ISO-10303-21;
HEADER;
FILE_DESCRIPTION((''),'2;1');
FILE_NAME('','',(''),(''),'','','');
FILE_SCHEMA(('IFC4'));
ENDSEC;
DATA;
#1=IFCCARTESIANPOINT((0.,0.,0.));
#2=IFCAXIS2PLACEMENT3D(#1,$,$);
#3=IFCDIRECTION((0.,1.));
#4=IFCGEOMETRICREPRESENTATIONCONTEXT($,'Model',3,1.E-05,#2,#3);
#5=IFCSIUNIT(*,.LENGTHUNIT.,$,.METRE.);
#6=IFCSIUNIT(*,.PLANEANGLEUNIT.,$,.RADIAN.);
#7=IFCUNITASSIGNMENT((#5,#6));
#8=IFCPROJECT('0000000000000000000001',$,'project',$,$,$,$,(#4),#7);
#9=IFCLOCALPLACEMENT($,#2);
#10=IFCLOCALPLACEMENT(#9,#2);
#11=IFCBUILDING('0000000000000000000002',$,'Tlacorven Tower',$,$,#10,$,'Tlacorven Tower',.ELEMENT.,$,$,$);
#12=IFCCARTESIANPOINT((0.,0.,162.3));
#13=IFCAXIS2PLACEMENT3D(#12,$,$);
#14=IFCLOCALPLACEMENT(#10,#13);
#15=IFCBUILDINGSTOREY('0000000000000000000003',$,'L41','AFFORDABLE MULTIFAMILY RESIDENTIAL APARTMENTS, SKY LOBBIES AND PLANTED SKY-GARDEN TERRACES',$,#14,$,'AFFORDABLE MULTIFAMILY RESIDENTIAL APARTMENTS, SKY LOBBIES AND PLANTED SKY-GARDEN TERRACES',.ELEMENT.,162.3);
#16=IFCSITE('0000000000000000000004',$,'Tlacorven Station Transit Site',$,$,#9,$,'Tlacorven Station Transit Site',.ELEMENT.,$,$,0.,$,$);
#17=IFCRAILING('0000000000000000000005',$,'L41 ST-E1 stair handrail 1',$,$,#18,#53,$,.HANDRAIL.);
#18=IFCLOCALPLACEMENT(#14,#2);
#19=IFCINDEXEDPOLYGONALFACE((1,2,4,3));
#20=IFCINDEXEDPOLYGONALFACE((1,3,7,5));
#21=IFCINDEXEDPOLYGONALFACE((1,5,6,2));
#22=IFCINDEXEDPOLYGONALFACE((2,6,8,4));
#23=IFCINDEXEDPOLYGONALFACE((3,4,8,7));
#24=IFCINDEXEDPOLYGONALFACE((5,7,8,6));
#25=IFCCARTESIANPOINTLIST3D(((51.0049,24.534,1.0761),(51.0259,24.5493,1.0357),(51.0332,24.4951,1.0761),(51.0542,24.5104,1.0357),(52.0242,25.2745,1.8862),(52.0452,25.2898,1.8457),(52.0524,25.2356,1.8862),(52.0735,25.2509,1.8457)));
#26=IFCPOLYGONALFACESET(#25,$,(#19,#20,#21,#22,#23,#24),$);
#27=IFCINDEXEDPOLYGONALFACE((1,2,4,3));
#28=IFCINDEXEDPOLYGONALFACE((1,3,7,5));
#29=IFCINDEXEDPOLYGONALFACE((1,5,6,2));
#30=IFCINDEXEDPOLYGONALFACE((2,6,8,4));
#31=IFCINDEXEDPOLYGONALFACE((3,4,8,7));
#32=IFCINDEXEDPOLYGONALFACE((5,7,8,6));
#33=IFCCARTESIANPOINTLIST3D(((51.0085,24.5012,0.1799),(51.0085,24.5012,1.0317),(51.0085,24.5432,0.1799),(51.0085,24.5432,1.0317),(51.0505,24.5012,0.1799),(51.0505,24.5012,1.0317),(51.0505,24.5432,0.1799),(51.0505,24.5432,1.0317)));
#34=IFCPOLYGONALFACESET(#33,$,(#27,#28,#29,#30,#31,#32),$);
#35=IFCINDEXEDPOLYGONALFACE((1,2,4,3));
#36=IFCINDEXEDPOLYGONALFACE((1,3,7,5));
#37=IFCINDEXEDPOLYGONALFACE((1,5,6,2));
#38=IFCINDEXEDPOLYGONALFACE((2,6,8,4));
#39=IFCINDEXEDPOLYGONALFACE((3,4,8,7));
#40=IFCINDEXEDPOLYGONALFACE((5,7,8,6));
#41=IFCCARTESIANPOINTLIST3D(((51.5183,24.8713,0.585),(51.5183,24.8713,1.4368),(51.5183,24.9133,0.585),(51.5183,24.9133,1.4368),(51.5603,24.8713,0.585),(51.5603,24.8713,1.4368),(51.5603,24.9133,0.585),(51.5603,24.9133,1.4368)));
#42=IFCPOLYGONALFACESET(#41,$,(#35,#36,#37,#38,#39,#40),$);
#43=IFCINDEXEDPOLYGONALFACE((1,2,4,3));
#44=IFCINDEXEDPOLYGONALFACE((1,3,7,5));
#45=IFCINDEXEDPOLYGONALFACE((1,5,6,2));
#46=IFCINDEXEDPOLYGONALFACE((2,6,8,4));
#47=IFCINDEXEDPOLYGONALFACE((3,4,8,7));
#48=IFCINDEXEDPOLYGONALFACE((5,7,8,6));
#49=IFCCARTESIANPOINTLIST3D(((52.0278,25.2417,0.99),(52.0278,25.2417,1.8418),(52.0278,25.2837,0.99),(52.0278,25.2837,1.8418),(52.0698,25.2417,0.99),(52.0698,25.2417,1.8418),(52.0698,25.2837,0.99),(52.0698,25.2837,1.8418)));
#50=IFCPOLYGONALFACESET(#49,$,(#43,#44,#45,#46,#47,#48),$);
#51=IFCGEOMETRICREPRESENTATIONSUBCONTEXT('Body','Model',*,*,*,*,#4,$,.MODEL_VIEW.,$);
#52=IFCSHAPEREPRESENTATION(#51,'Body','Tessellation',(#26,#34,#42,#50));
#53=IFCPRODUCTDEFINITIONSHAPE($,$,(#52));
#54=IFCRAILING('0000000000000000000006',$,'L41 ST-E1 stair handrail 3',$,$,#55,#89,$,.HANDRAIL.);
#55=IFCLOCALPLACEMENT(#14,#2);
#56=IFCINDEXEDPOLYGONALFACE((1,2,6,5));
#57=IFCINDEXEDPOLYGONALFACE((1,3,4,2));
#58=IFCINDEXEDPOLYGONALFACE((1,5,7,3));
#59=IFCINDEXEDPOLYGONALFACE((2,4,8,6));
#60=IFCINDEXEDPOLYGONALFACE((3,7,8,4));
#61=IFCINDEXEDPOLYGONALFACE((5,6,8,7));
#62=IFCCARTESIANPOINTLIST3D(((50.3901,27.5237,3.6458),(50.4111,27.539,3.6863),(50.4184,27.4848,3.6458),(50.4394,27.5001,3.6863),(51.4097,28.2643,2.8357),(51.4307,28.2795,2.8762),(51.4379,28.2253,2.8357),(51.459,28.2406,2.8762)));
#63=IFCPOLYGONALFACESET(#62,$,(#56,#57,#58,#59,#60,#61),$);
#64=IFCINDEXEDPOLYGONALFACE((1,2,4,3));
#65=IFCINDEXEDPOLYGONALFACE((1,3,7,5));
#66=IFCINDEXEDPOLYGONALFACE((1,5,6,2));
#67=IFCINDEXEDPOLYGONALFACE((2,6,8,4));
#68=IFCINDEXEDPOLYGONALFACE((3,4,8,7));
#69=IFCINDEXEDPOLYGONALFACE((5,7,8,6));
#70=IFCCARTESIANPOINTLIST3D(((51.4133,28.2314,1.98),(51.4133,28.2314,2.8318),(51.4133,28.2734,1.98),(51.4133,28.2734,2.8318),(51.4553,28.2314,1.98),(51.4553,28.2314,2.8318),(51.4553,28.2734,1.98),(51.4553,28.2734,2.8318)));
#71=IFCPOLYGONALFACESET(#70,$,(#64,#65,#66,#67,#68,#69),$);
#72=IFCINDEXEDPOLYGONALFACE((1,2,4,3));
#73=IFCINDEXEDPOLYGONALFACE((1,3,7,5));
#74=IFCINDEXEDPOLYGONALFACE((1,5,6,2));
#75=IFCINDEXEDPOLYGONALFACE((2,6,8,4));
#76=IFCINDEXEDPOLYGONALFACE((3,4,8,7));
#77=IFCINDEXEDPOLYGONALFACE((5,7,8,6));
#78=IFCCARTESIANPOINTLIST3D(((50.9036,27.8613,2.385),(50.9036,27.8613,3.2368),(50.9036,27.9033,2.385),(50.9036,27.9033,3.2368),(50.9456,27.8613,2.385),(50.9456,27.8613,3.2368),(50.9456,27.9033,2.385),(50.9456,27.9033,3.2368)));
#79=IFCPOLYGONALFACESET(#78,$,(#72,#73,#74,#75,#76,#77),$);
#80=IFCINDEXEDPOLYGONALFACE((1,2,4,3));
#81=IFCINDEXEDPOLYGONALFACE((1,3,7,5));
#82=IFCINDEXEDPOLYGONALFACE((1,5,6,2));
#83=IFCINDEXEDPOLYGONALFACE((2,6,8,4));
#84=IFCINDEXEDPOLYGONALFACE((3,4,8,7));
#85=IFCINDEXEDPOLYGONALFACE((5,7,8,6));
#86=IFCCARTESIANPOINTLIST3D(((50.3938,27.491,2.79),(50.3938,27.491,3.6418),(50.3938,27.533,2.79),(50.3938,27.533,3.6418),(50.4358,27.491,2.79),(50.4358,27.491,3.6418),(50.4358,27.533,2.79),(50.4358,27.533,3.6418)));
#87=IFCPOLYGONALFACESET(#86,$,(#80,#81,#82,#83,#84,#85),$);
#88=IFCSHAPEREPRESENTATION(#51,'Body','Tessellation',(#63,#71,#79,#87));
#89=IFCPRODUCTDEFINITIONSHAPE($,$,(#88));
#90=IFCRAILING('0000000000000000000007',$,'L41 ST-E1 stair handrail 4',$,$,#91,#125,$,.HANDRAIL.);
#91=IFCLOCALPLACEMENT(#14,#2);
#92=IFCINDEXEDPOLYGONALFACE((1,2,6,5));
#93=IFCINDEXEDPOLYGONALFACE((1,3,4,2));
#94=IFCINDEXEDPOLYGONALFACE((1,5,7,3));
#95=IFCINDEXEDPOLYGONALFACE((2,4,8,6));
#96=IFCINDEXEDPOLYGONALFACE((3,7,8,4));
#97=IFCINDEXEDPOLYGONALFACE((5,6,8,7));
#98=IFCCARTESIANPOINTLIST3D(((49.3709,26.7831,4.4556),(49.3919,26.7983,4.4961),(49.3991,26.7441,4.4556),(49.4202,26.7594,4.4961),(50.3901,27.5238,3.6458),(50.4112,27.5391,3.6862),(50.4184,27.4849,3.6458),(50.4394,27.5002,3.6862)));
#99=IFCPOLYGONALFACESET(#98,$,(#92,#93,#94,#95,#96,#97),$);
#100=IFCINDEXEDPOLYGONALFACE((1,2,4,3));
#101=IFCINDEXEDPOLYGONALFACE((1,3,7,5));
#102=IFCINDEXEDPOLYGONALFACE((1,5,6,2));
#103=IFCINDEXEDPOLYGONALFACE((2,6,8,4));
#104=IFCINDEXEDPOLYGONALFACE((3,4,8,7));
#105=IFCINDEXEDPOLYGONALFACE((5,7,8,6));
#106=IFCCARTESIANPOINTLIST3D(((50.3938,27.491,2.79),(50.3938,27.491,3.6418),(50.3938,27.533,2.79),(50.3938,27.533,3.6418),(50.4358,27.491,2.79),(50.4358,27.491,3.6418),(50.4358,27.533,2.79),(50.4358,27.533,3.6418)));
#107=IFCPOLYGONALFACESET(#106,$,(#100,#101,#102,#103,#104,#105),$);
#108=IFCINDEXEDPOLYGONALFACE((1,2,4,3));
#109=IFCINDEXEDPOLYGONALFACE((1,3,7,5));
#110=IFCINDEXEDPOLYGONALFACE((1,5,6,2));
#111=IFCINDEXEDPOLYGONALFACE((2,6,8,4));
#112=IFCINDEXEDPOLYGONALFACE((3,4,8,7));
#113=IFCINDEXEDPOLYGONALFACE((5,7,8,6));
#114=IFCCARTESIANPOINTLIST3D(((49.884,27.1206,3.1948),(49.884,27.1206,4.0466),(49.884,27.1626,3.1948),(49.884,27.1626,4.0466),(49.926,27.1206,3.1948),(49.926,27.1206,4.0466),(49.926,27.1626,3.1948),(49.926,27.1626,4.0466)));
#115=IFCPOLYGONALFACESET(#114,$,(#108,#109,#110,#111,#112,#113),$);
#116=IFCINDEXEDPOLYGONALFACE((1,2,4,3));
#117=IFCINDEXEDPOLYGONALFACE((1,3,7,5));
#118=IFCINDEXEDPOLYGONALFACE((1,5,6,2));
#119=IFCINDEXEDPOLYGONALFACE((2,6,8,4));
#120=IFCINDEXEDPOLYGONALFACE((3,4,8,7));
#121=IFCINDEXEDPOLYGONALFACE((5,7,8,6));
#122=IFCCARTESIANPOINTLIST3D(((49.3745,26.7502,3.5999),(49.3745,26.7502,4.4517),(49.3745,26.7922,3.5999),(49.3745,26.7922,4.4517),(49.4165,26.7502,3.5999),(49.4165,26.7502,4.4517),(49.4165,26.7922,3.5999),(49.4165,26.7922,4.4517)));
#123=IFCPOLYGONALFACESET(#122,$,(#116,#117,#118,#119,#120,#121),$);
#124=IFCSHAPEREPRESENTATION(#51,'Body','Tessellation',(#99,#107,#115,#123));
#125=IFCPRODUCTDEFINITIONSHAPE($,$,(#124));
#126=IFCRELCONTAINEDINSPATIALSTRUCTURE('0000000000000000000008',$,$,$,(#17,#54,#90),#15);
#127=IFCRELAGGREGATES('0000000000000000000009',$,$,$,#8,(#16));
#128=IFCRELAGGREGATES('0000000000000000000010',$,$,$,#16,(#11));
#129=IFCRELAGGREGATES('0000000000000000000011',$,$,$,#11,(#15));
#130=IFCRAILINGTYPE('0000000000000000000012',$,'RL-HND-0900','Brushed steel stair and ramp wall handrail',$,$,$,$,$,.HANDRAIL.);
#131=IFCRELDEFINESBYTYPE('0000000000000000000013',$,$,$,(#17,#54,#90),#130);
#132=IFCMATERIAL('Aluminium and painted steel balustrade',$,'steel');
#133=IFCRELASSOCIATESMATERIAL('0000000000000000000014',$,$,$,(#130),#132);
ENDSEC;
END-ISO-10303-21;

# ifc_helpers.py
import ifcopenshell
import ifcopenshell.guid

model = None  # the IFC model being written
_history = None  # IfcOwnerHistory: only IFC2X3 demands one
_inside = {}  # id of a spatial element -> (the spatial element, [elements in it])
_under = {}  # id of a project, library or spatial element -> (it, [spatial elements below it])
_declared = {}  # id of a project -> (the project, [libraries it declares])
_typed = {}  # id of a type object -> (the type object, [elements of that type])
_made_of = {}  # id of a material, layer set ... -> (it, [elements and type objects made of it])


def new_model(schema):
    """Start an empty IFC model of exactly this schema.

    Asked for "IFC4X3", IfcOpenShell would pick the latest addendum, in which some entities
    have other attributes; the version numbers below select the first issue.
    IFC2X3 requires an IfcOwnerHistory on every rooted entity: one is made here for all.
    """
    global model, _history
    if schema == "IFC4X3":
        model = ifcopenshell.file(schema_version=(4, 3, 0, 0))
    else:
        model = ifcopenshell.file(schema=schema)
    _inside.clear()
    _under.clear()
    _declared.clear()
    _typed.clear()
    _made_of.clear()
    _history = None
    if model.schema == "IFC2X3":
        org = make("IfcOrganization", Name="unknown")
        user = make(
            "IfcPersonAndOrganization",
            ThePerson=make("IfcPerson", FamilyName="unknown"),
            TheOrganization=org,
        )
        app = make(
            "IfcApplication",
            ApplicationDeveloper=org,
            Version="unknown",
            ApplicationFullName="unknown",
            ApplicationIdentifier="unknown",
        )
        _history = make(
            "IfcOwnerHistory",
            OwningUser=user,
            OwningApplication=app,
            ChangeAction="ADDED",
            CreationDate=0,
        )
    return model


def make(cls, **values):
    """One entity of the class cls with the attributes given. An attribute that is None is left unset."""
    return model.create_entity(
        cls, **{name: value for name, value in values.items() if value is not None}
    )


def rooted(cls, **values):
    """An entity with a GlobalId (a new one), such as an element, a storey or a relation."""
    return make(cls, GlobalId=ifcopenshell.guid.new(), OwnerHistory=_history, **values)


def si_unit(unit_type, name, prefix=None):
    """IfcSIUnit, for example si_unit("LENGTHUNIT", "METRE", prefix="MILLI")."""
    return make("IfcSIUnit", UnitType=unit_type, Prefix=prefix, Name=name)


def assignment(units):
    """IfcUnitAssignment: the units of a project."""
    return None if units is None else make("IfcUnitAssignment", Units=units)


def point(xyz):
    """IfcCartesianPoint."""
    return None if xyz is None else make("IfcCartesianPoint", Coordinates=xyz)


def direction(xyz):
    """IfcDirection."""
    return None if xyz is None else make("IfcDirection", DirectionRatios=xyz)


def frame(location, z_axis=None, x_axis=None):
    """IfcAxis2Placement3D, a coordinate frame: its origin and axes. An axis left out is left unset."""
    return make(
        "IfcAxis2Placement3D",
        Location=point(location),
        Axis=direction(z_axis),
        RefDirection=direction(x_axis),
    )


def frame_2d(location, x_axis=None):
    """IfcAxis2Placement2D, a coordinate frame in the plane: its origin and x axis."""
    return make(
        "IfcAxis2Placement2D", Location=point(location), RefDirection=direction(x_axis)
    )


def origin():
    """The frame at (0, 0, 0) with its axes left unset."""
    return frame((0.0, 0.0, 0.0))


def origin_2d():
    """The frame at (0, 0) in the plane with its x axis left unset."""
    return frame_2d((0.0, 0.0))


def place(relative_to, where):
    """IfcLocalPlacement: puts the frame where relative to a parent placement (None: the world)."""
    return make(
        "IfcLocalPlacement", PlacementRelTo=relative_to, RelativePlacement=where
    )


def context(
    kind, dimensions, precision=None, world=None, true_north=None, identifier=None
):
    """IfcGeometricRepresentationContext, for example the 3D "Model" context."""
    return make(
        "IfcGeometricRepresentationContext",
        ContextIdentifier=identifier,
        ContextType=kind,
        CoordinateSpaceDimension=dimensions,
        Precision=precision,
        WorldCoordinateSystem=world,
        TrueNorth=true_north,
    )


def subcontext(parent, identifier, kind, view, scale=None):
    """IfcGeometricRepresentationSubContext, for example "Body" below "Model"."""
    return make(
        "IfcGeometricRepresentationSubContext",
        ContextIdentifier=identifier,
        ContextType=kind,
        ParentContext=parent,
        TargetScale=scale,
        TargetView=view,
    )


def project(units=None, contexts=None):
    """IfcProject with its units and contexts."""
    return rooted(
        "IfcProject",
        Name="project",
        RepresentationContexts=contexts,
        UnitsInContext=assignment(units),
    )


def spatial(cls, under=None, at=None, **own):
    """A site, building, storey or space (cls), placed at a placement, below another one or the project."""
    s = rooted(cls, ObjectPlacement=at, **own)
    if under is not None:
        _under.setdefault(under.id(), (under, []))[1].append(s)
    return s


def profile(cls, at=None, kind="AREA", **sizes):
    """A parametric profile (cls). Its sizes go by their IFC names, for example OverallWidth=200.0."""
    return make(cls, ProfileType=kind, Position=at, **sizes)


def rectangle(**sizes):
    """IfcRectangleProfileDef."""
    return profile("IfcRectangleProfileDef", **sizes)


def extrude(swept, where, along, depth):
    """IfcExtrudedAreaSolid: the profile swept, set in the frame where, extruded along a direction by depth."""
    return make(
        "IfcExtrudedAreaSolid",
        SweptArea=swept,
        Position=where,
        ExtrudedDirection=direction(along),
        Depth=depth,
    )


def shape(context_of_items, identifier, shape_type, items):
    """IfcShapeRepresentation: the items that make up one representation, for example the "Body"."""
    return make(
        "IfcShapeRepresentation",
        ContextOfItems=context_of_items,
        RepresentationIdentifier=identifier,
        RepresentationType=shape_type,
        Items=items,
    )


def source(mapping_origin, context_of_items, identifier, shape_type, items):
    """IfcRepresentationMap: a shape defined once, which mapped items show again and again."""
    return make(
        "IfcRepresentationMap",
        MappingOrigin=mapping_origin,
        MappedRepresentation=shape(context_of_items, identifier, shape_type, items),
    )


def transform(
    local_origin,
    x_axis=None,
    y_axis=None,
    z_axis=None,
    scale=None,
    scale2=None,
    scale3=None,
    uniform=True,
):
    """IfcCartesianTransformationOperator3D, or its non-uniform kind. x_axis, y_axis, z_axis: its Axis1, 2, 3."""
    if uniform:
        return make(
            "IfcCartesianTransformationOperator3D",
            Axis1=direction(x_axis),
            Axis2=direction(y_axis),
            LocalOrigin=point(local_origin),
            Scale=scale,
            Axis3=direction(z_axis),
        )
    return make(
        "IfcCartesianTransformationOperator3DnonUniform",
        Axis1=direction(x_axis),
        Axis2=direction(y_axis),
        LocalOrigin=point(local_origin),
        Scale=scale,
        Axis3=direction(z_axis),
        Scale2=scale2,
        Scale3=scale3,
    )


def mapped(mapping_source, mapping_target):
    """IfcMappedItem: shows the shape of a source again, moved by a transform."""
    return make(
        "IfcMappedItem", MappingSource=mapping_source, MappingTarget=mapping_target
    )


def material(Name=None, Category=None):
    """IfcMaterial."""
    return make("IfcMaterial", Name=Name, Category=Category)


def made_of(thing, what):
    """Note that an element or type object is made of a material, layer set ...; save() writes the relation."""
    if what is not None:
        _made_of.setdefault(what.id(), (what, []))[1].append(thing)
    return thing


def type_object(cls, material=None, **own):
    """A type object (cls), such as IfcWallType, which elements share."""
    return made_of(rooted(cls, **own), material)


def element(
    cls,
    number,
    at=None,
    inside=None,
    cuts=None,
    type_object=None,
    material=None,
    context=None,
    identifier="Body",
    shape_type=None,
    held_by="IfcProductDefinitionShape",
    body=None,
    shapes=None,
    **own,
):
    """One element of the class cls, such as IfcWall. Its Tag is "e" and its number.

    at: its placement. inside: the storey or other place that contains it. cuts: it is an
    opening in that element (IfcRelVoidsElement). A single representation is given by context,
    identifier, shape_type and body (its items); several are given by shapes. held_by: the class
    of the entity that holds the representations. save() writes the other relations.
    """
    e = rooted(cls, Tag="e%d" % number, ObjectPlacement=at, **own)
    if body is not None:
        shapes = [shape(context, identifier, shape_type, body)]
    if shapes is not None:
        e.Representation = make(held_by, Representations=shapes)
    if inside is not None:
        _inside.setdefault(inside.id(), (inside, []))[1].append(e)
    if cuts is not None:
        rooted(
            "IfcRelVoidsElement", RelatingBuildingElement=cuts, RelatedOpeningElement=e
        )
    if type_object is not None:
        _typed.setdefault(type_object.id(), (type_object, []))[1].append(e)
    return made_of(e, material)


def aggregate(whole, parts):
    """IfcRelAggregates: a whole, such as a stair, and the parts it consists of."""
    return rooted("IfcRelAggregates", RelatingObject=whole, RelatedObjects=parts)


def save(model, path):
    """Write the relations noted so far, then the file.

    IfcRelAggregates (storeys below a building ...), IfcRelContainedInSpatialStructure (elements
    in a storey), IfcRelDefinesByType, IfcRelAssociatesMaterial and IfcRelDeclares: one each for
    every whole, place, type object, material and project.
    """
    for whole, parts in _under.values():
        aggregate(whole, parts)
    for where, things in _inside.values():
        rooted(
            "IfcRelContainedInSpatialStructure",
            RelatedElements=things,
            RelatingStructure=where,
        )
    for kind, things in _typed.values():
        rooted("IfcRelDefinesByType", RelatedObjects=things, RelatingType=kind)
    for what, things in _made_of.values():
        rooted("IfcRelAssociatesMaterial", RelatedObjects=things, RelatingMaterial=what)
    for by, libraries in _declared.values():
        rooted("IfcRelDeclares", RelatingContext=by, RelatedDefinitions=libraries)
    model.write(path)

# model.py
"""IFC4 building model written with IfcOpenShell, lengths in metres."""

from ifc_helpers import new_model, si_unit, direction, frame, origin, origin_2d, place, context, subcontext, project, spatial, rectangle, extrude, source, transform, mapped, material, type_object, element, save


model = new_model("IFC4")

# Units and contexts
model_context = context("Model", 3, precision=1e-05, world=origin(), true_north=direction((0.0, 1.0)))
body_context = subcontext(model_context, "Body", "Model", "MODEL_VIEW")
ifc_project = project(units=[si_unit("LENGTHUNIT", "METRE"), si_unit("PLANEANGLEUNIT", "RADIAN")], contexts=[model_context])

# Site, building, storey
site_placement = place(None, origin())
site = spatial("IfcSite", under=ifc_project, at=site_placement, Name="Tlacorven Station Transit Site", LongName="Tlacorven Station Transit Site", CompositionType="ELEMENT", RefElevation=0.0)
building_placement = place(site_placement, origin())
building = spatial("IfcBuilding", under=site, at=building_placement, Name="Tlacorven Tower", LongName="Tlacorven Tower", CompositionType="ELEMENT")
storey_placement = place(building_placement, frame((0.0, 0.0, 162.3)))
storey = spatial("IfcBuildingStorey", under=building, at=storey_placement, Name="L41", Description="AFFORDABLE MULTIFAMILY RESIDENTIAL APARTMENTS, SKY LOBBIES AND PLANTED SKY-GARDEN TERRACES", LongName="AFFORDABLE MULTIFAMILY RESIDENTIAL APARTMENTS, SKY LOBBIES AND PLANTED SKY-GARDEN TERRACES", CompositionType="ELEMENT", Elevation=162.3)

# Railings
ifc_material_1 = material(Name="Aluminium and painted steel balustrade", Category="steel")
railing_type_1 = type_object("IfcRailingType", Name="RL-HND-0900", Description="Brushed steel stair and ramp wall handrail", PredefinedType="HANDRAIL", material=ifc_material_1)
shared_shape_1 = source(origin(), body_context, "Body", "SweptSolid", [
    extrude(rectangle(XDim=0.0481, YDim=0.0481, at=origin_2d()), frame((0.0, 0.0, 0.876), z_axis=(0.680516, 0.494373, 0.540827), x_axis=(-0.587745, 0.809046, 0.0)), (0.0, 0.0, 1.0), 1.4978),
    extrude(rectangle(XDim=0.042, YDim=0.042, at=origin_2d()), origin(), (0.0, 0.0, 1.0), 0.8518),
    extrude(rectangle(XDim=0.042, YDim=0.042, at=origin_2d()), frame((0.5098, 0.3701, 0.405)), (0.0, 0.0, 1.0), 0.8518),
    extrude(rectangle(XDim=0.042, YDim=0.042, at=origin_2d()), frame((1.0193, 0.7405, 0.8101)), (0.0, 0.0, 1.0), 0.8518),
])
railing_1_placement = place(storey_placement, frame((51.0295, 24.5222, 0.1799)))
element("IfcRailing", 1, at=railing_1_placement, inside=storey, type_object=railing_type_1, Name="L41 ST-E1 stair handrail 1", PredefinedType="HANDRAIL", context=body_context, shape_type="MappedRepresentation", body=[
    mapped(shared_shape_1, transform((0.0, 0.0, 0.0), scale=1.0)),
])
shared_shape_2 = source(origin(), body_context, "Body", "SweptSolid", [
    extrude(rectangle(XDim=0.0481, YDim=0.0481, at=origin_2d()), frame((0.0, 0.0, 0.876), z_axis=(-0.680604, -0.494318, 0.540767), x_axis=(0.587653, -0.809113, 0.0)), (0.0, 0.0, 1.0), 1.498),
    extrude(rectangle(XDim=0.042, YDim=0.042, at=origin_2d()), origin(), (0.0, 0.0, 1.0), 0.8518),
    extrude(rectangle(XDim=0.042, YDim=0.042, at=origin_2d()), frame((-0.5098, -0.3701, 0.405)), (0.0, 0.0, 1.0), 0.8518),
    extrude(rectangle(XDim=0.042, YDim=0.042, at=origin_2d()), frame((-1.0195, -0.7405, 0.8101)), (0.0, 0.0, 1.0), 0.8518),
])
railing_2_placement = place(storey_placement, frame((51.4343, 28.2524, 1.98)))
element("IfcRailing", 2, at=railing_2_placement, inside=storey, type_object=railing_type_1, Name="L41 ST-E1 stair handrail 3", PredefinedType="HANDRAIL", context=body_context, shape_type="MappedRepresentation", body=[
    mapped(shared_shape_2, transform((0.0, 0.0, 0.0), scale=1.0)),
])
shared_shape_3 = source(origin(), body_context, "Body", "SweptSolid", [
    extrude(rectangle(XDim=0.0481, YDim=0.0481, at=origin_2d()), frame((0.0, 0.0, 0.876), z_axis=(-0.680521, -0.494539, 0.540668), x_axis=(0.587872, -0.808954, 0.0)), (0.0, 0.0, 1.0), 1.4978),
    extrude(rectangle(XDim=0.042, YDim=0.042, at=origin_2d()), origin(), (0.0, 0.0, 1.0), 0.8518),
    extrude(rectangle(XDim=0.042, YDim=0.042, at=origin_2d()), frame((-0.5098, -0.3704, 0.4048)), (0.0, 0.0, 1.0), 0.8518),
    extrude(rectangle(XDim=0.042, YDim=0.042, at=origin_2d()), frame((-1.0193, -0.7407, 0.8098)), (0.0, 0.0, 1.0), 0.8518),
])
railing_3_placement = place(storey_placement, frame((50.4148, 27.512, 2.79)))
element("IfcRailing", 3, at=railing_3_placement, inside=storey, type_object=railing_type_1, Name="L41 ST-E1 stair handrail 4", PredefinedType="HANDRAIL", context=body_context, shape_type="MappedRepresentation", body=[
    mapped(shared_shape_3, transform((0.0, 0.0, 0.0), scale=1.0)),
])

save(model, "model.ifc")
